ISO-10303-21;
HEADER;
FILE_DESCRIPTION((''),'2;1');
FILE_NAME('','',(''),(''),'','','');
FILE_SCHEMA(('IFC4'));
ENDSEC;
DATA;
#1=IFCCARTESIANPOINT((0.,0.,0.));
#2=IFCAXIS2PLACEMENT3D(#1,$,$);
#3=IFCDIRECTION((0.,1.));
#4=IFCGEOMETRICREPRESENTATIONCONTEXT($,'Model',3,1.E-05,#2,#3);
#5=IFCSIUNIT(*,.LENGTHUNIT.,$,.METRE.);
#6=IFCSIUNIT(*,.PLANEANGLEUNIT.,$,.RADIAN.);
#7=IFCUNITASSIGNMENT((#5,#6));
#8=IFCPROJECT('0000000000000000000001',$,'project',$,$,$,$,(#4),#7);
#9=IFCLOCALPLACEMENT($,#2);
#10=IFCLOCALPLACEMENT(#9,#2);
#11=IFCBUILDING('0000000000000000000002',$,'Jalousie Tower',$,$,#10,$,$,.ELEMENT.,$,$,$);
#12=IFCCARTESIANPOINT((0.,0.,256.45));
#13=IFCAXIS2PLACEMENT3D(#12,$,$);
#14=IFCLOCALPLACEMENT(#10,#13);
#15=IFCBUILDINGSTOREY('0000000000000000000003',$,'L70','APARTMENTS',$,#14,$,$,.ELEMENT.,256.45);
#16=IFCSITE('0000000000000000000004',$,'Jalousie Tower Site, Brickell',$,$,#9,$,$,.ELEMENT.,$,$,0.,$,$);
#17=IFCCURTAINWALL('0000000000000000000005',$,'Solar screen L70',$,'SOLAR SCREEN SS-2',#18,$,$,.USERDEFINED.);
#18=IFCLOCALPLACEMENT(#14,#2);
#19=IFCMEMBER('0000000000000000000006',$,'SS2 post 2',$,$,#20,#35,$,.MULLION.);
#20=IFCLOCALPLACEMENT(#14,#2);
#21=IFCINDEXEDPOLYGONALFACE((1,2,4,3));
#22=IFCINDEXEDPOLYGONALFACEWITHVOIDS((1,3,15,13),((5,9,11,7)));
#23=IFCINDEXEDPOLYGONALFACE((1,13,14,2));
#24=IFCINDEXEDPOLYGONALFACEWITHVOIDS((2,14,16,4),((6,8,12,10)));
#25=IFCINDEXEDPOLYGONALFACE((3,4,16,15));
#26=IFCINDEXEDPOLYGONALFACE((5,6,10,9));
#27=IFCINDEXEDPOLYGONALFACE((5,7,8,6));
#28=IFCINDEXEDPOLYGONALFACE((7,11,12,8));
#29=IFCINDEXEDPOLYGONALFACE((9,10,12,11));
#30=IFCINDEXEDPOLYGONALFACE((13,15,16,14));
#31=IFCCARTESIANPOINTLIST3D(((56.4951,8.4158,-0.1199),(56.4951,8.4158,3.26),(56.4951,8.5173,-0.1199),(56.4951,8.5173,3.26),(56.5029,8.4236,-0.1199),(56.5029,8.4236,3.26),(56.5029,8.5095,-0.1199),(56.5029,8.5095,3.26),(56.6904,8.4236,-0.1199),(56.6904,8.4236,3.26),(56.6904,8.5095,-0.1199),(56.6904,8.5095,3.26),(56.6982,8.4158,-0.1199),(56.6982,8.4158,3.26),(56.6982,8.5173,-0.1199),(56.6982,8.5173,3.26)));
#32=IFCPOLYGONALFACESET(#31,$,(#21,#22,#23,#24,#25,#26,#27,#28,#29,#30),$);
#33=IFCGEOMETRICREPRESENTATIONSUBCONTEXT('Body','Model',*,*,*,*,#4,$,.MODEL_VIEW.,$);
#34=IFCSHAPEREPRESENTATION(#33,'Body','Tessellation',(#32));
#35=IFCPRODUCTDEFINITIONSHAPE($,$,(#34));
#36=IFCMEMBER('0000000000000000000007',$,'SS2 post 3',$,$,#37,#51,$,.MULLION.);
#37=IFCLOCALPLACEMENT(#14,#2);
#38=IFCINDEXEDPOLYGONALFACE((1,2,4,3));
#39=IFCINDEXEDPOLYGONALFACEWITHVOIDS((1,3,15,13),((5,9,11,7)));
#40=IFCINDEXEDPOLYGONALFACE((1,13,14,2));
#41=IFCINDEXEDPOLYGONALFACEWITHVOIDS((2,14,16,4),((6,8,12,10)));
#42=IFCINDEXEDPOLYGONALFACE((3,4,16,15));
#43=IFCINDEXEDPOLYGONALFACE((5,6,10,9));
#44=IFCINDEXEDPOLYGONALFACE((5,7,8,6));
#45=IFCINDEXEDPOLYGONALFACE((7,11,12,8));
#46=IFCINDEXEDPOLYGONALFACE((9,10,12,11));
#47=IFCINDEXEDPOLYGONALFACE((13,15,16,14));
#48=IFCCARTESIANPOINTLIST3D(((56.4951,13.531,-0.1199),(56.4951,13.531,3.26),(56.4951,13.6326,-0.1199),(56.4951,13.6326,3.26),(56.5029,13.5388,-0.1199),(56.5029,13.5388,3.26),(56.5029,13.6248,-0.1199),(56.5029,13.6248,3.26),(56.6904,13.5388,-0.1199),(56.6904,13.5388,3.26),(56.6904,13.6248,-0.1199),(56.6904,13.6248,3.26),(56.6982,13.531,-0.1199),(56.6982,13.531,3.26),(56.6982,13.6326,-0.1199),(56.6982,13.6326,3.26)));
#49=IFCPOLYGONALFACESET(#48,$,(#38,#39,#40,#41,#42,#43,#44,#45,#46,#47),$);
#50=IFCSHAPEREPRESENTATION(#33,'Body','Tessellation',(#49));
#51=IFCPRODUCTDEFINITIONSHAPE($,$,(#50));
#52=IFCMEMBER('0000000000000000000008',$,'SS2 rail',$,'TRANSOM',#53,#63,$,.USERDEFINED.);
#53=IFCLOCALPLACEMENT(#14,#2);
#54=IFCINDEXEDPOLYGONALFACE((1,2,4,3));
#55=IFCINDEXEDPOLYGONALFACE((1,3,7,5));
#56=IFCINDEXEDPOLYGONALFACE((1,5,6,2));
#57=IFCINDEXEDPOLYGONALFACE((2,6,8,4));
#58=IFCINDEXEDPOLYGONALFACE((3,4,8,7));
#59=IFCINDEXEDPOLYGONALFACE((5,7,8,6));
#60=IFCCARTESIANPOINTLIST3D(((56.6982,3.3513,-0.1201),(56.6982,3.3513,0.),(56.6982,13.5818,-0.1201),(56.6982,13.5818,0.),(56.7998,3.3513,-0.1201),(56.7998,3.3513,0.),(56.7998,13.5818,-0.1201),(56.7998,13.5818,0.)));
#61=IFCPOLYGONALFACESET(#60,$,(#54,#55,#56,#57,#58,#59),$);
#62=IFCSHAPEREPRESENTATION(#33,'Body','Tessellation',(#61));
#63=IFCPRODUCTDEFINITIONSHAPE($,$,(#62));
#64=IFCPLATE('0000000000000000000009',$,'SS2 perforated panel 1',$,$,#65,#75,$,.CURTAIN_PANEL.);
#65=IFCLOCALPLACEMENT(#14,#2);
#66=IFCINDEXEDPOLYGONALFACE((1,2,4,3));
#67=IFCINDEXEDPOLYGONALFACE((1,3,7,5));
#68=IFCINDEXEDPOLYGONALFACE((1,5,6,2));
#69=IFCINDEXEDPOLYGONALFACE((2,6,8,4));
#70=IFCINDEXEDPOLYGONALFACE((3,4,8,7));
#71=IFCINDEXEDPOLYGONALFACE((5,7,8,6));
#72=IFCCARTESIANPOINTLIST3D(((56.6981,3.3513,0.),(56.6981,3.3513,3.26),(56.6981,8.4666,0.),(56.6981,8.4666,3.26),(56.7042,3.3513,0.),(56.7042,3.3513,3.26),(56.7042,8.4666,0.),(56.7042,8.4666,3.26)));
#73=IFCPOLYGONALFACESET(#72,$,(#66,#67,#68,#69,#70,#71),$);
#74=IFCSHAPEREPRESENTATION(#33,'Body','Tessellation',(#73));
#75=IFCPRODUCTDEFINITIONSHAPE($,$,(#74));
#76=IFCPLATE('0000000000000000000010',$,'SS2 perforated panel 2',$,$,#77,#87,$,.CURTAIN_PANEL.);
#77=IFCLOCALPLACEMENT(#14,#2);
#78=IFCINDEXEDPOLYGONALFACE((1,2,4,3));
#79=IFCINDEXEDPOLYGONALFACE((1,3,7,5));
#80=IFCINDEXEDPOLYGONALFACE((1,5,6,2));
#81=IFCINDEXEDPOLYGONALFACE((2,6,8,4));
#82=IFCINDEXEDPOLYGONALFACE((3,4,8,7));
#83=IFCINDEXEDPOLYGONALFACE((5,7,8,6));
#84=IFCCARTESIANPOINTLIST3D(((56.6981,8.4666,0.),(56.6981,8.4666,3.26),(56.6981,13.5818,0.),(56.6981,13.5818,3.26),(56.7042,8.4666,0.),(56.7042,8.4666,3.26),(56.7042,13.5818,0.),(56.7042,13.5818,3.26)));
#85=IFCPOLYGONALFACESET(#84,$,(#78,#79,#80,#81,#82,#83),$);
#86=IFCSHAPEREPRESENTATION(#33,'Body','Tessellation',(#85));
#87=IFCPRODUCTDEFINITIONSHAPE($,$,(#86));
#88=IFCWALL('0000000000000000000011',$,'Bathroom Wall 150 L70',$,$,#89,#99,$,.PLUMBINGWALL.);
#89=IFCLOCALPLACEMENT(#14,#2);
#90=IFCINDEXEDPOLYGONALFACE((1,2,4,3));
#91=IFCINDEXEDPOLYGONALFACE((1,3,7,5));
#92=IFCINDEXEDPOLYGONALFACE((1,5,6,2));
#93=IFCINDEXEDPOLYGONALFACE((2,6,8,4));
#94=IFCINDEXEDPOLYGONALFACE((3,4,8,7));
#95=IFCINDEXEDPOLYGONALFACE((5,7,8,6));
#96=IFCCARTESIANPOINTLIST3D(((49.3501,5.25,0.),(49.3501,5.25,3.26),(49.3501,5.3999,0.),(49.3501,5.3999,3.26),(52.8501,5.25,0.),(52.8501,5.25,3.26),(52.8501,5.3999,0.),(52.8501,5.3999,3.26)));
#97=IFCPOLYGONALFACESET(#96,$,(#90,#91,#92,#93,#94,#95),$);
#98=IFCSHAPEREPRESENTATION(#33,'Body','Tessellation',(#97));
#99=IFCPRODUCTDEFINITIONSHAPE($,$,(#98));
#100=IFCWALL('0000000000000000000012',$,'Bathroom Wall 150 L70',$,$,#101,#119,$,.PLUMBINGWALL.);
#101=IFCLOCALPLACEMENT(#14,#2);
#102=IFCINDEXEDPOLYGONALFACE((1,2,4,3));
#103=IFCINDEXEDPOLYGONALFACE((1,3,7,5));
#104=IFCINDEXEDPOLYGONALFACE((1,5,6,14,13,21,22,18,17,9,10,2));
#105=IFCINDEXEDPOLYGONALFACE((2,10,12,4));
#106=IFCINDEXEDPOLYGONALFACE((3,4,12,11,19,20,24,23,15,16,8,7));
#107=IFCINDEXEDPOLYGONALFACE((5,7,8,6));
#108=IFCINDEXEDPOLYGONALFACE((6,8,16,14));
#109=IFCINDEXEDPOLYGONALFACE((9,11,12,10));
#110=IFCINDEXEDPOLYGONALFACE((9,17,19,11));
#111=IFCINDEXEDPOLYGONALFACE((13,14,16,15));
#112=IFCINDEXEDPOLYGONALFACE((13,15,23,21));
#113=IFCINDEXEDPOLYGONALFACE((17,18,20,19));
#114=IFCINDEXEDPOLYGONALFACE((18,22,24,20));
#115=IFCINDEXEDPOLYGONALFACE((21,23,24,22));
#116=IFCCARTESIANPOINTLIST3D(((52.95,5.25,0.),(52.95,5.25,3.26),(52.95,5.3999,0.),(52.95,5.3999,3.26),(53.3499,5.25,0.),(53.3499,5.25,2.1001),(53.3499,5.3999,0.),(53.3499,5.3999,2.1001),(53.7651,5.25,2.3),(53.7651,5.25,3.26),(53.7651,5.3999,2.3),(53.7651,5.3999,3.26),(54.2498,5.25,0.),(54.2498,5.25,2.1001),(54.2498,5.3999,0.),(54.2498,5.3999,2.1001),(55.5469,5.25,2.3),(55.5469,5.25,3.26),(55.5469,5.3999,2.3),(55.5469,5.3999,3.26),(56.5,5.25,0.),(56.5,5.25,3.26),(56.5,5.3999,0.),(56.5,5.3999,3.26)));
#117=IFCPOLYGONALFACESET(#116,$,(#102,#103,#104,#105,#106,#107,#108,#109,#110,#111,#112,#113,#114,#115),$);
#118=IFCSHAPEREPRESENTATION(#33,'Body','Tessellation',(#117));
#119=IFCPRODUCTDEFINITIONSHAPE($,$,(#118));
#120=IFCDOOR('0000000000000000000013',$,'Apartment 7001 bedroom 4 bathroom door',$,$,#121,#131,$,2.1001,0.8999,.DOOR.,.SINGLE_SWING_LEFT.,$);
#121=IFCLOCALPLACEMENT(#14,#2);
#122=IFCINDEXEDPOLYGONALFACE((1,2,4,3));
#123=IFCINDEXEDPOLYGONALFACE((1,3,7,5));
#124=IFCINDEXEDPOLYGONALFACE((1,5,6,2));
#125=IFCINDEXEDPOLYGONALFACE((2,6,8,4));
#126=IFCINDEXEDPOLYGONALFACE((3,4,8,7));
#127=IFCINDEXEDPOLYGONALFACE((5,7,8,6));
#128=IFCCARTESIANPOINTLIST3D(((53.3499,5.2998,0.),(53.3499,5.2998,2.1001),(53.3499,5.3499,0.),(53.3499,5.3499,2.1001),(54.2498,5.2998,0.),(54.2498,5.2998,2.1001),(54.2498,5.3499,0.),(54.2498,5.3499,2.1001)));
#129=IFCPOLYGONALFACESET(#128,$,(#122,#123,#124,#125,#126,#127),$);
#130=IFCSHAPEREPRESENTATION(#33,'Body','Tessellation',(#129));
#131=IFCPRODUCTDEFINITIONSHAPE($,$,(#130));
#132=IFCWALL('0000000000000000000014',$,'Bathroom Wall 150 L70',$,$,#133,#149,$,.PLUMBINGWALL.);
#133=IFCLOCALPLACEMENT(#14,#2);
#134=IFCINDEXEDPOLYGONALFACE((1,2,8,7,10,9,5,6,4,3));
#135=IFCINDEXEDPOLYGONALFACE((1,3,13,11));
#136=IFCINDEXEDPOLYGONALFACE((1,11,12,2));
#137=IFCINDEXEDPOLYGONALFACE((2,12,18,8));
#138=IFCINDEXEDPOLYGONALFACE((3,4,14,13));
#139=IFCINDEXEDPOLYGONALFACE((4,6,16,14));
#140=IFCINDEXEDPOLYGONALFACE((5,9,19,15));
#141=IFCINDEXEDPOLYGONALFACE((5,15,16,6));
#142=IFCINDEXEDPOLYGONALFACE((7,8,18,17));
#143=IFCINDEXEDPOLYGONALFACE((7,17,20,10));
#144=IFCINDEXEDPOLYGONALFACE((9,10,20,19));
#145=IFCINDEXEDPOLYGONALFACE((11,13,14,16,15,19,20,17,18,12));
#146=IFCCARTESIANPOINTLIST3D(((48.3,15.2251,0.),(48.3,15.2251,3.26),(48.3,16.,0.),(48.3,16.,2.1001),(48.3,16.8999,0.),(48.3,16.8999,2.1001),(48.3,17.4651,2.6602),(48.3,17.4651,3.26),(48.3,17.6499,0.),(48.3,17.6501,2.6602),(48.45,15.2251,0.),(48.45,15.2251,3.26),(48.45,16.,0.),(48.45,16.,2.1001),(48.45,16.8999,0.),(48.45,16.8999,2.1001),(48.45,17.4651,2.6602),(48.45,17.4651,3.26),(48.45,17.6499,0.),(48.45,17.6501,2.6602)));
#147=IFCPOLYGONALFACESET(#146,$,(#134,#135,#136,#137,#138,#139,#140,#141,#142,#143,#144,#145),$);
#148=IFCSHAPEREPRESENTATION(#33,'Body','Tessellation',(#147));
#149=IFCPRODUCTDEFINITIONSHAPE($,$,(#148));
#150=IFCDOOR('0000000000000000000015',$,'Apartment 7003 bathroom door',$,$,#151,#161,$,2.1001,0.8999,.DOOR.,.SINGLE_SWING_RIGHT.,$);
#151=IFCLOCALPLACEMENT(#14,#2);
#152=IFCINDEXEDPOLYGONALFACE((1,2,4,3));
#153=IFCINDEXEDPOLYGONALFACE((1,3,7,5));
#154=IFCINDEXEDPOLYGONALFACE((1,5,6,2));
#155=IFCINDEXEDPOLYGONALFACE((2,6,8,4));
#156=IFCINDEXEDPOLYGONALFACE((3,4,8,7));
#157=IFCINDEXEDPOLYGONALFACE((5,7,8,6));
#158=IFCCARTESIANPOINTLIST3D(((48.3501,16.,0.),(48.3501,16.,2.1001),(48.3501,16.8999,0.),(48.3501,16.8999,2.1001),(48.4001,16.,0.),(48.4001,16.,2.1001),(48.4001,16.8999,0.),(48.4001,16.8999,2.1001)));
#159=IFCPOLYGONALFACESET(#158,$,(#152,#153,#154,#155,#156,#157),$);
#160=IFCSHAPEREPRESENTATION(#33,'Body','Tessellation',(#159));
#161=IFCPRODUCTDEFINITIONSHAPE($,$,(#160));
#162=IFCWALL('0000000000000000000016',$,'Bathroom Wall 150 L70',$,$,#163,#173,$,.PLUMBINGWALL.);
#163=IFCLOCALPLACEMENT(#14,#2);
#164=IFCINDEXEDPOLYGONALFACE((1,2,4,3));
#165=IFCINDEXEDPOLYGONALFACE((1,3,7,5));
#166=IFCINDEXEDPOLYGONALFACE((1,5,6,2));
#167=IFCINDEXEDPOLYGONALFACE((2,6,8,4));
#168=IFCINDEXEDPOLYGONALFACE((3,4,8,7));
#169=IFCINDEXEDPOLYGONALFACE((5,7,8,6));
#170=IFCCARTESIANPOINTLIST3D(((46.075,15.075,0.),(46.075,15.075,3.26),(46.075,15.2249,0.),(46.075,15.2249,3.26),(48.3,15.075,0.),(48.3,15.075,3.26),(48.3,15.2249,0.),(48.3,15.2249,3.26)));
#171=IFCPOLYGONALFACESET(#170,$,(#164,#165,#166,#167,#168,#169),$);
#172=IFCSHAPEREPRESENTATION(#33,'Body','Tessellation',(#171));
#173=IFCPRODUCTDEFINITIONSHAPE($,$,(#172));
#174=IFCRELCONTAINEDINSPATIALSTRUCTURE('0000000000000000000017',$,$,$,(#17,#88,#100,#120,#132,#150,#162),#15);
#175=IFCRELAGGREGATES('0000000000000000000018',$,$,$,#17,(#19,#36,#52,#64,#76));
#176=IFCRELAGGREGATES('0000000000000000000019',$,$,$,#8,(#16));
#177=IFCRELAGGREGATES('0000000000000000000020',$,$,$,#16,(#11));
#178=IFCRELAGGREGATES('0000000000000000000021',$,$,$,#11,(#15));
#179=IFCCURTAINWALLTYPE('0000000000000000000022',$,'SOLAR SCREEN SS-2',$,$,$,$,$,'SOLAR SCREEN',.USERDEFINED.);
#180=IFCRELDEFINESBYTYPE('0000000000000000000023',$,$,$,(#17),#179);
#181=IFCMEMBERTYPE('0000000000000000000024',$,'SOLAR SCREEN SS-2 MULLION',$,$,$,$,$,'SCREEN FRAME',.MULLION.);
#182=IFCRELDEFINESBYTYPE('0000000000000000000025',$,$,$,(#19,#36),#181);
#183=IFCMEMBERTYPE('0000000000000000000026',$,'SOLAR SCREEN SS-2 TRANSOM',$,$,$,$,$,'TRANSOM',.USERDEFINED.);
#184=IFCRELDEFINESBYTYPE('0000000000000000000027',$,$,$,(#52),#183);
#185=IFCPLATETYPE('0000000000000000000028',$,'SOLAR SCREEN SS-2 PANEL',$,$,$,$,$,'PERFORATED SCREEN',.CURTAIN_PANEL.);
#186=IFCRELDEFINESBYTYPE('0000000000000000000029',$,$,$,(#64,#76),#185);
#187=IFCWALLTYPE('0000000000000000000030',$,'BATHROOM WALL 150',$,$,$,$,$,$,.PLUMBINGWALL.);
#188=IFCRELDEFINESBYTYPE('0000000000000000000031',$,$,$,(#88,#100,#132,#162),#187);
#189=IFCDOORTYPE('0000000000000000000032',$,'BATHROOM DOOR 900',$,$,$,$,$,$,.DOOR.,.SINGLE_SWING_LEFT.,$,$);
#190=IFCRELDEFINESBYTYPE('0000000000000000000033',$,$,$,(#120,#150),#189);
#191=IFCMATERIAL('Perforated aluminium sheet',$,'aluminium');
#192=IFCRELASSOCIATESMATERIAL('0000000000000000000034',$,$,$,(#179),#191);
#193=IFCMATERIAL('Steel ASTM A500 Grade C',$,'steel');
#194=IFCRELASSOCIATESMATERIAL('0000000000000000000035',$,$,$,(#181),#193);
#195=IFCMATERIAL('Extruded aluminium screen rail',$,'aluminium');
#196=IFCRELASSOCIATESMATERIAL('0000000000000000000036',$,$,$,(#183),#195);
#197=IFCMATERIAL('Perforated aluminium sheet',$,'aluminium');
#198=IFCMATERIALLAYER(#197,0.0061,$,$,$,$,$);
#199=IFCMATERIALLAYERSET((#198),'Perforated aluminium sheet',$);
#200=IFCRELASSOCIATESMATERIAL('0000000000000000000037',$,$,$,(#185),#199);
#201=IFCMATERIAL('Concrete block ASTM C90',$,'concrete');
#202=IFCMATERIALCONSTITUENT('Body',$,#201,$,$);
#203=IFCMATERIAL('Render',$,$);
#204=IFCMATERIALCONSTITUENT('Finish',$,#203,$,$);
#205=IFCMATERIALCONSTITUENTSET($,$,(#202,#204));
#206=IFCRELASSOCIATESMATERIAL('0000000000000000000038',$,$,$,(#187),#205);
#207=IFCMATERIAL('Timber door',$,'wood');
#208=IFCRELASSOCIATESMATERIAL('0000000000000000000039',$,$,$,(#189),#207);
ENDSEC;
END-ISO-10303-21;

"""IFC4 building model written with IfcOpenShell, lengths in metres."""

from ifc_helpers import new_model, si_unit, direction, frame, frame_2d, origin, origin_2d, place, context, subcontext, project, spatial, polyline, rectangle, hollow_rectangle, outline, extrude, material, layer, layer_set, constituent, constituent_set, material_profile, profile_set, type_object, element, fill, aggregate, save


model = new_model("IFC4")

# Units and contexts
model_context = context("Model", 3, precision=1e-05, world=origin(), true_north=direction((0.0, 1.0)))
body_context = subcontext(model_context, "Body", "Model", "MODEL_VIEW")
ifc_project = project(units=[si_unit("LENGTHUNIT", "METRE"), si_unit("PLANEANGLEUNIT", "RADIAN")], contexts=[model_context])

# Site, building, storey
site_placement = place(None, origin())
site = spatial("IfcSite", under=ifc_project, at=site_placement, Name="Jalousie Tower Site, Brickell", CompositionType="ELEMENT", RefElevation=0.0)
building_placement = place(site_placement, origin())
building = spatial("IfcBuilding", under=site, at=building_placement, Name="Jalousie Tower", CompositionType="ELEMENT")
storey_placement = place(building_placement, frame((0.0, 0.0, 256.45)))
storey = spatial("IfcBuildingStorey", under=building, at=storey_placement, Name="L70", Description="APARTMENTS", CompositionType="ELEMENT", Elevation=256.45)

# Curtain wall, members, plates
ifc_material_1 = material(Name="Perforated aluminium sheet", Category="aluminium")
curtain_wall_type_1 = type_object("IfcCurtainWallType", Name="SOLAR SCREEN SS-2", ElementType="SOLAR SCREEN", PredefinedType="USERDEFINED", material=ifc_material_1)
curtain_wall_1_placement = place(storey_placement, origin())
curtain_wall_1 = element("IfcCurtainWall", 1, at=curtain_wall_1_placement, inside=storey, type_object=curtain_wall_type_1, Name="Solar screen L70", ObjectType="SOLAR SCREEN SS-2", PredefinedType="USERDEFINED")
ifc_material_2 = material(Name="Steel ASTM A500 Grade C", Category="steel")
ifc_material_profile_1 = material_profile(ifc_material_2, hollow_rectangle(XDim=0.1016, YDim=0.2031, WallThickness=0.0078, at=origin_2d()), Name="HSS8X4X5/16")
ifc_profile_set_1 = profile_set([ifc_material_profile_1], Name="Steel ASTM A500 Grade C")
member_type_1 = type_object("IfcMemberType", Name="SOLAR SCREEN SS-2 MULLION", ElementType="SCREEN FRAME", PredefinedType="MULLION", material=ifc_profile_set_1)
member_1_placement = place(storey_placement, frame((56.5967, 8.4666, -0.1199), z_axis=(0.0, 0.0, 1.0), x_axis=(0.0, 1.0, 0.0)))
member_1 = element("IfcMember", 2, at=member_1_placement, type_object=member_type_1, Name="SS2 post 2", PredefinedType="MULLION", context=body_context, shape_type="SweptSolid", body=[
    extrude(hollow_rectangle(XDim=0.1016, YDim=0.2031, WallThickness=0.0078, at=origin_2d()), origin(), (0.0, 0.0, 1.0), 3.3799),
])
member_2_placement = place(storey_placement, frame((56.5967, 13.5818, -0.1199), z_axis=(0.0, 0.0, 1.0), x_axis=(0.0, 1.0, 0.0)))
member_2 = element("IfcMember", 3, at=member_2_placement, type_object=member_type_1, Name="SS2 post 3", PredefinedType="MULLION", context=body_context, shape_type="SweptSolid", body=[
    extrude(hollow_rectangle(XDim=0.1016, YDim=0.2031, WallThickness=0.0078, at=origin_2d()), origin(), (0.0, 0.0, 1.0), 3.3799),
])
ifc_material_3 = material(Name="Extruded aluminium screen rail", Category="aluminium")
ifc_material_profile_2 = material_profile(ifc_material_3, rectangle(XDim=0.1016, YDim=0.1201, at=origin_2d()), Name="RAIL 102x120")
ifc_profile_set_2 = profile_set([ifc_material_profile_2], Name="Extruded aluminium screen rail")
member_type_2 = type_object("IfcMemberType", Name="SOLAR SCREEN SS-2 TRANSOM", ElementType="TRANSOM", PredefinedType="USERDEFINED", material=ifc_profile_set_2)
member_3_placement = place(storey_placement, frame((56.749, 3.3513, -0.0601), z_axis=(0.0, 1.0, 0.0), x_axis=(-1.0, 0.0, 0.0)))
member_3 = element("IfcMember", 4, at=member_3_placement, type_object=member_type_2, Name="SS2 rail", ObjectType="TRANSOM", PredefinedType="USERDEFINED", context=body_context, shape_type="SweptSolid", body=[
    extrude(rectangle(XDim=0.1016, YDim=0.1201, at=origin_2d()), origin(), (0.0, 0.0, 1.0), 10.2305),
])
ifc_material_4 = material(Name="Perforated aluminium sheet", Category="aluminium")
ifc_layer = layer(ifc_material_4, 0.0061)
ifc_layer_set = layer_set([ifc_layer], Name="Perforated aluminium sheet")
plate_type = type_object("IfcPlateType", Name="SOLAR SCREEN SS-2 PANEL", ElementType="PERFORATED SCREEN", PredefinedType="CURTAIN_PANEL", material=ifc_layer_set)
plate_1_placement = place(storey_placement, frame((56.7012, 5.9089, 0.0), z_axis=(0.0, 0.0, 1.0), x_axis=(0.0, 1.0, 0.0)))
plate_1 = element("IfcPlate", 5, at=plate_1_placement, type_object=plate_type, Name="SS2 perforated panel 1", PredefinedType="CURTAIN_PANEL", context=body_context, shape_type="SweptSolid", body=[
    extrude(rectangle(XDim=5.1152, YDim=0.0061, at=origin_2d()), origin(), (0.0, 0.0, 1.0), 3.26),
])
plate_2_placement = place(storey_placement, frame((56.7012, 11.0242, 0.0), z_axis=(0.0, 0.0, 1.0), x_axis=(0.0, 1.0, 0.0)))
plate_2 = element("IfcPlate", 6, at=plate_2_placement, type_object=plate_type, Name="SS2 perforated panel 2", PredefinedType="CURTAIN_PANEL", context=body_context, shape_type="SweptSolid", body=[
    extrude(rectangle(XDim=5.1152, YDim=0.0061, at=origin_2d()), origin(), (0.0, 0.0, 1.0), 3.26),
])
aggregate(curtain_wall_1, [member_1, member_2, member_3, plate_1, plate_2])

# Wall
ifc_material_5 = material(Name="Concrete block ASTM C90", Category="concrete")
ifc_constituent_1 = constituent(ifc_material_5, Name="Body")
ifc_material_6 = material(Name="Render")
ifc_constituent_2 = constituent(ifc_material_6, Name="Finish")
ifc_constituent_set_1 = constituent_set(constituents=[ifc_constituent_1, ifc_constituent_2])
wall_type_1 = type_object("IfcWallType", Name="BATHROOM WALL 150", PredefinedType="PLUMBINGWALL", material=ifc_constituent_set_1)
wall_1_placement = place(storey_placement, frame((49.3501, 5.325, 0.0), z_axis=(0.0, 0.0, 1.0), x_axis=(1.0, 0.0, 0.0)))
element("IfcWall", 7, at=wall_1_placement, inside=storey, type_object=wall_type_1, Name="Bathroom Wall 150 L70", PredefinedType="PLUMBINGWALL", context=body_context, shape_type="SweptSolid", body=[
    extrude(rectangle(XDim=3.5, YDim=0.1499, at=frame_2d((1.75, 0.0))), origin(), (0.0, 0.0, 1.0), 3.26),
])

# Walls, openings, doors
wall_2_placement = place(storey_placement, frame((52.95, 5.325, 0.0), z_axis=(0.0, 0.0, 1.0), x_axis=(1.0, 0.0, 0.0)))
wall_2 = element("IfcWall", 8, at=wall_2_placement, inside=storey, type_object=wall_type_1, Name="Bathroom Wall 150 L70", PredefinedType="PLUMBINGWALL", context=body_context, shape_type="SweptSolid", body=[
    extrude(outline(polyline([(0.0, 0.0), (3.55, 0.0), (3.55, 3.26), (2.5969, 3.26), (2.5969, 2.3), (0.8152, 2.3), (0.8152, 3.26), (0.0, 3.26), (0.0, 0.0)])), frame((0.0, 0.075, 0.0), z_axis=(0.0, -1.0, 0.0), x_axis=(1.0, 0.0, 0.0)), (0.0, 0.0, 1.0), 0.1499),
])
opening_1_placement = place(wall_2_placement, frame((0.3999, 0.0, 0.0)))
opening_1 = element("IfcOpeningElement", 9, at=opening_1_placement, cuts=wall_2, PredefinedType="OPENING", context=body_context, shape_type="SweptSolid", body=[
    extrude(rectangle(XDim=0.8999, YDim=2.1001, at=frame_2d((0.45, 1.05))), frame((0.0, 0.085, 0.0), z_axis=(0.0, -1.0, 0.0), x_axis=(1.0, 0.0, 0.0)), (0.0, 0.0, 1.0), 0.1699),
])
ifc_material_7 = material(Name="Timber door", Category="wood")
door_type_1 = type_object("IfcDoorType", Name="BATHROOM DOOR 900", OperationType="SINGLE_SWING_LEFT", PredefinedType="DOOR", material=ifc_material_7)
door_1_placement = place(opening_1_placement, origin())
door_1 = element("IfcDoor", 10, at=door_1_placement, inside=storey, type_object=door_type_1, Name="Apartment 7001 bedroom 4 bathroom door", OperationType="SINGLE_SWING_LEFT", OverallHeight=2.1001, OverallWidth=0.8999, PredefinedType="DOOR", context=body_context, shape_type="SweptSolid", body=[
    extrude(rectangle(XDim=0.8999, YDim=2.1001, at=frame_2d((0.45, 1.05))), frame((0.0, 0.0249, 0.0), z_axis=(0.0, -1.0, 0.0), x_axis=(1.0, 0.0, 0.0)), (0.0, 0.0, 1.0), 0.05),
])
fill(opening_1, door_1)
wall_3_placement = place(storey_placement, frame((48.375, 15.2251, 0.0), z_axis=(0.0, 0.0, 1.0), x_axis=(0.0, 1.0, 0.0)))
wall_3 = element("IfcWall", 11, at=wall_3_placement, inside=storey, type_object=wall_type_1, Name="Bathroom Wall 150 L70", PredefinedType="PLUMBINGWALL", context=body_context, shape_type="SweptSolid", body=[
    extrude(outline(polyline([(0.0, 0.0), (2.4248, 0.0), (2.425, 3.26), (2.425, 2.6602), (2.24, 2.6602), (2.24, 3.26), (0.0, 3.26), (0.0, 0.0)])), frame((0.0, 0.075, 0.0), z_axis=(0.0, -1.0, 0.0), x_axis=(1.0, 0.0, 0.0)), (0.0, 0.0, 1.0), 0.1499),
])
opening_2_placement = place(wall_3_placement, frame((0.7749, 0.0, 0.0)))
opening_2 = element("IfcOpeningElement", 12, at=opening_2_placement, cuts=wall_3, PredefinedType="OPENING", context=body_context, shape_type="SweptSolid", body=[
    extrude(rectangle(XDim=0.8999, YDim=2.1001, at=frame_2d((0.45, 1.05))), frame((0.0, 0.085, 0.0), z_axis=(0.0, -1.0, 0.0), x_axis=(1.0, 0.0, 0.0)), (0.0, 0.0, 1.0), 0.1699),
])
door_2_placement = place(opening_2_placement, origin())
door_2 = element("IfcDoor", 13, at=door_2_placement, inside=storey, type_object=door_type_1, Name="Apartment 7003 bathroom door", OperationType="SINGLE_SWING_RIGHT", OverallHeight=2.1001, OverallWidth=0.8999, PredefinedType="DOOR", context=body_context, shape_type="SweptSolid", body=[
    extrude(rectangle(XDim=0.8999, YDim=2.1001, at=frame_2d((0.45, 1.05))), frame((0.0, 0.0249, 0.0), z_axis=(0.0, -1.0, 0.0), x_axis=(1.0, 0.0, 0.0)), (0.0, 0.0, 1.0), 0.05),
])
fill(opening_2, door_2)

# Wall
wall_4_placement = place(storey_placement, frame((48.3, 15.1499, 0.0), z_axis=(0.0, 0.0, 1.0), x_axis=(-1.0, 0.0, 0.0)))
element("IfcWall", 14, at=wall_4_placement, inside=storey, type_object=wall_type_1, Name="Bathroom Wall 150 L70", PredefinedType="PLUMBINGWALL", context=body_context, shape_type="SweptSolid", body=[
    extrude(rectangle(XDim=2.2251, YDim=0.1499, at=frame_2d((1.1125, 0.0))), origin(), (0.0, 0.0, 1.0), 3.26),
])

save(model, "model.ifc")
